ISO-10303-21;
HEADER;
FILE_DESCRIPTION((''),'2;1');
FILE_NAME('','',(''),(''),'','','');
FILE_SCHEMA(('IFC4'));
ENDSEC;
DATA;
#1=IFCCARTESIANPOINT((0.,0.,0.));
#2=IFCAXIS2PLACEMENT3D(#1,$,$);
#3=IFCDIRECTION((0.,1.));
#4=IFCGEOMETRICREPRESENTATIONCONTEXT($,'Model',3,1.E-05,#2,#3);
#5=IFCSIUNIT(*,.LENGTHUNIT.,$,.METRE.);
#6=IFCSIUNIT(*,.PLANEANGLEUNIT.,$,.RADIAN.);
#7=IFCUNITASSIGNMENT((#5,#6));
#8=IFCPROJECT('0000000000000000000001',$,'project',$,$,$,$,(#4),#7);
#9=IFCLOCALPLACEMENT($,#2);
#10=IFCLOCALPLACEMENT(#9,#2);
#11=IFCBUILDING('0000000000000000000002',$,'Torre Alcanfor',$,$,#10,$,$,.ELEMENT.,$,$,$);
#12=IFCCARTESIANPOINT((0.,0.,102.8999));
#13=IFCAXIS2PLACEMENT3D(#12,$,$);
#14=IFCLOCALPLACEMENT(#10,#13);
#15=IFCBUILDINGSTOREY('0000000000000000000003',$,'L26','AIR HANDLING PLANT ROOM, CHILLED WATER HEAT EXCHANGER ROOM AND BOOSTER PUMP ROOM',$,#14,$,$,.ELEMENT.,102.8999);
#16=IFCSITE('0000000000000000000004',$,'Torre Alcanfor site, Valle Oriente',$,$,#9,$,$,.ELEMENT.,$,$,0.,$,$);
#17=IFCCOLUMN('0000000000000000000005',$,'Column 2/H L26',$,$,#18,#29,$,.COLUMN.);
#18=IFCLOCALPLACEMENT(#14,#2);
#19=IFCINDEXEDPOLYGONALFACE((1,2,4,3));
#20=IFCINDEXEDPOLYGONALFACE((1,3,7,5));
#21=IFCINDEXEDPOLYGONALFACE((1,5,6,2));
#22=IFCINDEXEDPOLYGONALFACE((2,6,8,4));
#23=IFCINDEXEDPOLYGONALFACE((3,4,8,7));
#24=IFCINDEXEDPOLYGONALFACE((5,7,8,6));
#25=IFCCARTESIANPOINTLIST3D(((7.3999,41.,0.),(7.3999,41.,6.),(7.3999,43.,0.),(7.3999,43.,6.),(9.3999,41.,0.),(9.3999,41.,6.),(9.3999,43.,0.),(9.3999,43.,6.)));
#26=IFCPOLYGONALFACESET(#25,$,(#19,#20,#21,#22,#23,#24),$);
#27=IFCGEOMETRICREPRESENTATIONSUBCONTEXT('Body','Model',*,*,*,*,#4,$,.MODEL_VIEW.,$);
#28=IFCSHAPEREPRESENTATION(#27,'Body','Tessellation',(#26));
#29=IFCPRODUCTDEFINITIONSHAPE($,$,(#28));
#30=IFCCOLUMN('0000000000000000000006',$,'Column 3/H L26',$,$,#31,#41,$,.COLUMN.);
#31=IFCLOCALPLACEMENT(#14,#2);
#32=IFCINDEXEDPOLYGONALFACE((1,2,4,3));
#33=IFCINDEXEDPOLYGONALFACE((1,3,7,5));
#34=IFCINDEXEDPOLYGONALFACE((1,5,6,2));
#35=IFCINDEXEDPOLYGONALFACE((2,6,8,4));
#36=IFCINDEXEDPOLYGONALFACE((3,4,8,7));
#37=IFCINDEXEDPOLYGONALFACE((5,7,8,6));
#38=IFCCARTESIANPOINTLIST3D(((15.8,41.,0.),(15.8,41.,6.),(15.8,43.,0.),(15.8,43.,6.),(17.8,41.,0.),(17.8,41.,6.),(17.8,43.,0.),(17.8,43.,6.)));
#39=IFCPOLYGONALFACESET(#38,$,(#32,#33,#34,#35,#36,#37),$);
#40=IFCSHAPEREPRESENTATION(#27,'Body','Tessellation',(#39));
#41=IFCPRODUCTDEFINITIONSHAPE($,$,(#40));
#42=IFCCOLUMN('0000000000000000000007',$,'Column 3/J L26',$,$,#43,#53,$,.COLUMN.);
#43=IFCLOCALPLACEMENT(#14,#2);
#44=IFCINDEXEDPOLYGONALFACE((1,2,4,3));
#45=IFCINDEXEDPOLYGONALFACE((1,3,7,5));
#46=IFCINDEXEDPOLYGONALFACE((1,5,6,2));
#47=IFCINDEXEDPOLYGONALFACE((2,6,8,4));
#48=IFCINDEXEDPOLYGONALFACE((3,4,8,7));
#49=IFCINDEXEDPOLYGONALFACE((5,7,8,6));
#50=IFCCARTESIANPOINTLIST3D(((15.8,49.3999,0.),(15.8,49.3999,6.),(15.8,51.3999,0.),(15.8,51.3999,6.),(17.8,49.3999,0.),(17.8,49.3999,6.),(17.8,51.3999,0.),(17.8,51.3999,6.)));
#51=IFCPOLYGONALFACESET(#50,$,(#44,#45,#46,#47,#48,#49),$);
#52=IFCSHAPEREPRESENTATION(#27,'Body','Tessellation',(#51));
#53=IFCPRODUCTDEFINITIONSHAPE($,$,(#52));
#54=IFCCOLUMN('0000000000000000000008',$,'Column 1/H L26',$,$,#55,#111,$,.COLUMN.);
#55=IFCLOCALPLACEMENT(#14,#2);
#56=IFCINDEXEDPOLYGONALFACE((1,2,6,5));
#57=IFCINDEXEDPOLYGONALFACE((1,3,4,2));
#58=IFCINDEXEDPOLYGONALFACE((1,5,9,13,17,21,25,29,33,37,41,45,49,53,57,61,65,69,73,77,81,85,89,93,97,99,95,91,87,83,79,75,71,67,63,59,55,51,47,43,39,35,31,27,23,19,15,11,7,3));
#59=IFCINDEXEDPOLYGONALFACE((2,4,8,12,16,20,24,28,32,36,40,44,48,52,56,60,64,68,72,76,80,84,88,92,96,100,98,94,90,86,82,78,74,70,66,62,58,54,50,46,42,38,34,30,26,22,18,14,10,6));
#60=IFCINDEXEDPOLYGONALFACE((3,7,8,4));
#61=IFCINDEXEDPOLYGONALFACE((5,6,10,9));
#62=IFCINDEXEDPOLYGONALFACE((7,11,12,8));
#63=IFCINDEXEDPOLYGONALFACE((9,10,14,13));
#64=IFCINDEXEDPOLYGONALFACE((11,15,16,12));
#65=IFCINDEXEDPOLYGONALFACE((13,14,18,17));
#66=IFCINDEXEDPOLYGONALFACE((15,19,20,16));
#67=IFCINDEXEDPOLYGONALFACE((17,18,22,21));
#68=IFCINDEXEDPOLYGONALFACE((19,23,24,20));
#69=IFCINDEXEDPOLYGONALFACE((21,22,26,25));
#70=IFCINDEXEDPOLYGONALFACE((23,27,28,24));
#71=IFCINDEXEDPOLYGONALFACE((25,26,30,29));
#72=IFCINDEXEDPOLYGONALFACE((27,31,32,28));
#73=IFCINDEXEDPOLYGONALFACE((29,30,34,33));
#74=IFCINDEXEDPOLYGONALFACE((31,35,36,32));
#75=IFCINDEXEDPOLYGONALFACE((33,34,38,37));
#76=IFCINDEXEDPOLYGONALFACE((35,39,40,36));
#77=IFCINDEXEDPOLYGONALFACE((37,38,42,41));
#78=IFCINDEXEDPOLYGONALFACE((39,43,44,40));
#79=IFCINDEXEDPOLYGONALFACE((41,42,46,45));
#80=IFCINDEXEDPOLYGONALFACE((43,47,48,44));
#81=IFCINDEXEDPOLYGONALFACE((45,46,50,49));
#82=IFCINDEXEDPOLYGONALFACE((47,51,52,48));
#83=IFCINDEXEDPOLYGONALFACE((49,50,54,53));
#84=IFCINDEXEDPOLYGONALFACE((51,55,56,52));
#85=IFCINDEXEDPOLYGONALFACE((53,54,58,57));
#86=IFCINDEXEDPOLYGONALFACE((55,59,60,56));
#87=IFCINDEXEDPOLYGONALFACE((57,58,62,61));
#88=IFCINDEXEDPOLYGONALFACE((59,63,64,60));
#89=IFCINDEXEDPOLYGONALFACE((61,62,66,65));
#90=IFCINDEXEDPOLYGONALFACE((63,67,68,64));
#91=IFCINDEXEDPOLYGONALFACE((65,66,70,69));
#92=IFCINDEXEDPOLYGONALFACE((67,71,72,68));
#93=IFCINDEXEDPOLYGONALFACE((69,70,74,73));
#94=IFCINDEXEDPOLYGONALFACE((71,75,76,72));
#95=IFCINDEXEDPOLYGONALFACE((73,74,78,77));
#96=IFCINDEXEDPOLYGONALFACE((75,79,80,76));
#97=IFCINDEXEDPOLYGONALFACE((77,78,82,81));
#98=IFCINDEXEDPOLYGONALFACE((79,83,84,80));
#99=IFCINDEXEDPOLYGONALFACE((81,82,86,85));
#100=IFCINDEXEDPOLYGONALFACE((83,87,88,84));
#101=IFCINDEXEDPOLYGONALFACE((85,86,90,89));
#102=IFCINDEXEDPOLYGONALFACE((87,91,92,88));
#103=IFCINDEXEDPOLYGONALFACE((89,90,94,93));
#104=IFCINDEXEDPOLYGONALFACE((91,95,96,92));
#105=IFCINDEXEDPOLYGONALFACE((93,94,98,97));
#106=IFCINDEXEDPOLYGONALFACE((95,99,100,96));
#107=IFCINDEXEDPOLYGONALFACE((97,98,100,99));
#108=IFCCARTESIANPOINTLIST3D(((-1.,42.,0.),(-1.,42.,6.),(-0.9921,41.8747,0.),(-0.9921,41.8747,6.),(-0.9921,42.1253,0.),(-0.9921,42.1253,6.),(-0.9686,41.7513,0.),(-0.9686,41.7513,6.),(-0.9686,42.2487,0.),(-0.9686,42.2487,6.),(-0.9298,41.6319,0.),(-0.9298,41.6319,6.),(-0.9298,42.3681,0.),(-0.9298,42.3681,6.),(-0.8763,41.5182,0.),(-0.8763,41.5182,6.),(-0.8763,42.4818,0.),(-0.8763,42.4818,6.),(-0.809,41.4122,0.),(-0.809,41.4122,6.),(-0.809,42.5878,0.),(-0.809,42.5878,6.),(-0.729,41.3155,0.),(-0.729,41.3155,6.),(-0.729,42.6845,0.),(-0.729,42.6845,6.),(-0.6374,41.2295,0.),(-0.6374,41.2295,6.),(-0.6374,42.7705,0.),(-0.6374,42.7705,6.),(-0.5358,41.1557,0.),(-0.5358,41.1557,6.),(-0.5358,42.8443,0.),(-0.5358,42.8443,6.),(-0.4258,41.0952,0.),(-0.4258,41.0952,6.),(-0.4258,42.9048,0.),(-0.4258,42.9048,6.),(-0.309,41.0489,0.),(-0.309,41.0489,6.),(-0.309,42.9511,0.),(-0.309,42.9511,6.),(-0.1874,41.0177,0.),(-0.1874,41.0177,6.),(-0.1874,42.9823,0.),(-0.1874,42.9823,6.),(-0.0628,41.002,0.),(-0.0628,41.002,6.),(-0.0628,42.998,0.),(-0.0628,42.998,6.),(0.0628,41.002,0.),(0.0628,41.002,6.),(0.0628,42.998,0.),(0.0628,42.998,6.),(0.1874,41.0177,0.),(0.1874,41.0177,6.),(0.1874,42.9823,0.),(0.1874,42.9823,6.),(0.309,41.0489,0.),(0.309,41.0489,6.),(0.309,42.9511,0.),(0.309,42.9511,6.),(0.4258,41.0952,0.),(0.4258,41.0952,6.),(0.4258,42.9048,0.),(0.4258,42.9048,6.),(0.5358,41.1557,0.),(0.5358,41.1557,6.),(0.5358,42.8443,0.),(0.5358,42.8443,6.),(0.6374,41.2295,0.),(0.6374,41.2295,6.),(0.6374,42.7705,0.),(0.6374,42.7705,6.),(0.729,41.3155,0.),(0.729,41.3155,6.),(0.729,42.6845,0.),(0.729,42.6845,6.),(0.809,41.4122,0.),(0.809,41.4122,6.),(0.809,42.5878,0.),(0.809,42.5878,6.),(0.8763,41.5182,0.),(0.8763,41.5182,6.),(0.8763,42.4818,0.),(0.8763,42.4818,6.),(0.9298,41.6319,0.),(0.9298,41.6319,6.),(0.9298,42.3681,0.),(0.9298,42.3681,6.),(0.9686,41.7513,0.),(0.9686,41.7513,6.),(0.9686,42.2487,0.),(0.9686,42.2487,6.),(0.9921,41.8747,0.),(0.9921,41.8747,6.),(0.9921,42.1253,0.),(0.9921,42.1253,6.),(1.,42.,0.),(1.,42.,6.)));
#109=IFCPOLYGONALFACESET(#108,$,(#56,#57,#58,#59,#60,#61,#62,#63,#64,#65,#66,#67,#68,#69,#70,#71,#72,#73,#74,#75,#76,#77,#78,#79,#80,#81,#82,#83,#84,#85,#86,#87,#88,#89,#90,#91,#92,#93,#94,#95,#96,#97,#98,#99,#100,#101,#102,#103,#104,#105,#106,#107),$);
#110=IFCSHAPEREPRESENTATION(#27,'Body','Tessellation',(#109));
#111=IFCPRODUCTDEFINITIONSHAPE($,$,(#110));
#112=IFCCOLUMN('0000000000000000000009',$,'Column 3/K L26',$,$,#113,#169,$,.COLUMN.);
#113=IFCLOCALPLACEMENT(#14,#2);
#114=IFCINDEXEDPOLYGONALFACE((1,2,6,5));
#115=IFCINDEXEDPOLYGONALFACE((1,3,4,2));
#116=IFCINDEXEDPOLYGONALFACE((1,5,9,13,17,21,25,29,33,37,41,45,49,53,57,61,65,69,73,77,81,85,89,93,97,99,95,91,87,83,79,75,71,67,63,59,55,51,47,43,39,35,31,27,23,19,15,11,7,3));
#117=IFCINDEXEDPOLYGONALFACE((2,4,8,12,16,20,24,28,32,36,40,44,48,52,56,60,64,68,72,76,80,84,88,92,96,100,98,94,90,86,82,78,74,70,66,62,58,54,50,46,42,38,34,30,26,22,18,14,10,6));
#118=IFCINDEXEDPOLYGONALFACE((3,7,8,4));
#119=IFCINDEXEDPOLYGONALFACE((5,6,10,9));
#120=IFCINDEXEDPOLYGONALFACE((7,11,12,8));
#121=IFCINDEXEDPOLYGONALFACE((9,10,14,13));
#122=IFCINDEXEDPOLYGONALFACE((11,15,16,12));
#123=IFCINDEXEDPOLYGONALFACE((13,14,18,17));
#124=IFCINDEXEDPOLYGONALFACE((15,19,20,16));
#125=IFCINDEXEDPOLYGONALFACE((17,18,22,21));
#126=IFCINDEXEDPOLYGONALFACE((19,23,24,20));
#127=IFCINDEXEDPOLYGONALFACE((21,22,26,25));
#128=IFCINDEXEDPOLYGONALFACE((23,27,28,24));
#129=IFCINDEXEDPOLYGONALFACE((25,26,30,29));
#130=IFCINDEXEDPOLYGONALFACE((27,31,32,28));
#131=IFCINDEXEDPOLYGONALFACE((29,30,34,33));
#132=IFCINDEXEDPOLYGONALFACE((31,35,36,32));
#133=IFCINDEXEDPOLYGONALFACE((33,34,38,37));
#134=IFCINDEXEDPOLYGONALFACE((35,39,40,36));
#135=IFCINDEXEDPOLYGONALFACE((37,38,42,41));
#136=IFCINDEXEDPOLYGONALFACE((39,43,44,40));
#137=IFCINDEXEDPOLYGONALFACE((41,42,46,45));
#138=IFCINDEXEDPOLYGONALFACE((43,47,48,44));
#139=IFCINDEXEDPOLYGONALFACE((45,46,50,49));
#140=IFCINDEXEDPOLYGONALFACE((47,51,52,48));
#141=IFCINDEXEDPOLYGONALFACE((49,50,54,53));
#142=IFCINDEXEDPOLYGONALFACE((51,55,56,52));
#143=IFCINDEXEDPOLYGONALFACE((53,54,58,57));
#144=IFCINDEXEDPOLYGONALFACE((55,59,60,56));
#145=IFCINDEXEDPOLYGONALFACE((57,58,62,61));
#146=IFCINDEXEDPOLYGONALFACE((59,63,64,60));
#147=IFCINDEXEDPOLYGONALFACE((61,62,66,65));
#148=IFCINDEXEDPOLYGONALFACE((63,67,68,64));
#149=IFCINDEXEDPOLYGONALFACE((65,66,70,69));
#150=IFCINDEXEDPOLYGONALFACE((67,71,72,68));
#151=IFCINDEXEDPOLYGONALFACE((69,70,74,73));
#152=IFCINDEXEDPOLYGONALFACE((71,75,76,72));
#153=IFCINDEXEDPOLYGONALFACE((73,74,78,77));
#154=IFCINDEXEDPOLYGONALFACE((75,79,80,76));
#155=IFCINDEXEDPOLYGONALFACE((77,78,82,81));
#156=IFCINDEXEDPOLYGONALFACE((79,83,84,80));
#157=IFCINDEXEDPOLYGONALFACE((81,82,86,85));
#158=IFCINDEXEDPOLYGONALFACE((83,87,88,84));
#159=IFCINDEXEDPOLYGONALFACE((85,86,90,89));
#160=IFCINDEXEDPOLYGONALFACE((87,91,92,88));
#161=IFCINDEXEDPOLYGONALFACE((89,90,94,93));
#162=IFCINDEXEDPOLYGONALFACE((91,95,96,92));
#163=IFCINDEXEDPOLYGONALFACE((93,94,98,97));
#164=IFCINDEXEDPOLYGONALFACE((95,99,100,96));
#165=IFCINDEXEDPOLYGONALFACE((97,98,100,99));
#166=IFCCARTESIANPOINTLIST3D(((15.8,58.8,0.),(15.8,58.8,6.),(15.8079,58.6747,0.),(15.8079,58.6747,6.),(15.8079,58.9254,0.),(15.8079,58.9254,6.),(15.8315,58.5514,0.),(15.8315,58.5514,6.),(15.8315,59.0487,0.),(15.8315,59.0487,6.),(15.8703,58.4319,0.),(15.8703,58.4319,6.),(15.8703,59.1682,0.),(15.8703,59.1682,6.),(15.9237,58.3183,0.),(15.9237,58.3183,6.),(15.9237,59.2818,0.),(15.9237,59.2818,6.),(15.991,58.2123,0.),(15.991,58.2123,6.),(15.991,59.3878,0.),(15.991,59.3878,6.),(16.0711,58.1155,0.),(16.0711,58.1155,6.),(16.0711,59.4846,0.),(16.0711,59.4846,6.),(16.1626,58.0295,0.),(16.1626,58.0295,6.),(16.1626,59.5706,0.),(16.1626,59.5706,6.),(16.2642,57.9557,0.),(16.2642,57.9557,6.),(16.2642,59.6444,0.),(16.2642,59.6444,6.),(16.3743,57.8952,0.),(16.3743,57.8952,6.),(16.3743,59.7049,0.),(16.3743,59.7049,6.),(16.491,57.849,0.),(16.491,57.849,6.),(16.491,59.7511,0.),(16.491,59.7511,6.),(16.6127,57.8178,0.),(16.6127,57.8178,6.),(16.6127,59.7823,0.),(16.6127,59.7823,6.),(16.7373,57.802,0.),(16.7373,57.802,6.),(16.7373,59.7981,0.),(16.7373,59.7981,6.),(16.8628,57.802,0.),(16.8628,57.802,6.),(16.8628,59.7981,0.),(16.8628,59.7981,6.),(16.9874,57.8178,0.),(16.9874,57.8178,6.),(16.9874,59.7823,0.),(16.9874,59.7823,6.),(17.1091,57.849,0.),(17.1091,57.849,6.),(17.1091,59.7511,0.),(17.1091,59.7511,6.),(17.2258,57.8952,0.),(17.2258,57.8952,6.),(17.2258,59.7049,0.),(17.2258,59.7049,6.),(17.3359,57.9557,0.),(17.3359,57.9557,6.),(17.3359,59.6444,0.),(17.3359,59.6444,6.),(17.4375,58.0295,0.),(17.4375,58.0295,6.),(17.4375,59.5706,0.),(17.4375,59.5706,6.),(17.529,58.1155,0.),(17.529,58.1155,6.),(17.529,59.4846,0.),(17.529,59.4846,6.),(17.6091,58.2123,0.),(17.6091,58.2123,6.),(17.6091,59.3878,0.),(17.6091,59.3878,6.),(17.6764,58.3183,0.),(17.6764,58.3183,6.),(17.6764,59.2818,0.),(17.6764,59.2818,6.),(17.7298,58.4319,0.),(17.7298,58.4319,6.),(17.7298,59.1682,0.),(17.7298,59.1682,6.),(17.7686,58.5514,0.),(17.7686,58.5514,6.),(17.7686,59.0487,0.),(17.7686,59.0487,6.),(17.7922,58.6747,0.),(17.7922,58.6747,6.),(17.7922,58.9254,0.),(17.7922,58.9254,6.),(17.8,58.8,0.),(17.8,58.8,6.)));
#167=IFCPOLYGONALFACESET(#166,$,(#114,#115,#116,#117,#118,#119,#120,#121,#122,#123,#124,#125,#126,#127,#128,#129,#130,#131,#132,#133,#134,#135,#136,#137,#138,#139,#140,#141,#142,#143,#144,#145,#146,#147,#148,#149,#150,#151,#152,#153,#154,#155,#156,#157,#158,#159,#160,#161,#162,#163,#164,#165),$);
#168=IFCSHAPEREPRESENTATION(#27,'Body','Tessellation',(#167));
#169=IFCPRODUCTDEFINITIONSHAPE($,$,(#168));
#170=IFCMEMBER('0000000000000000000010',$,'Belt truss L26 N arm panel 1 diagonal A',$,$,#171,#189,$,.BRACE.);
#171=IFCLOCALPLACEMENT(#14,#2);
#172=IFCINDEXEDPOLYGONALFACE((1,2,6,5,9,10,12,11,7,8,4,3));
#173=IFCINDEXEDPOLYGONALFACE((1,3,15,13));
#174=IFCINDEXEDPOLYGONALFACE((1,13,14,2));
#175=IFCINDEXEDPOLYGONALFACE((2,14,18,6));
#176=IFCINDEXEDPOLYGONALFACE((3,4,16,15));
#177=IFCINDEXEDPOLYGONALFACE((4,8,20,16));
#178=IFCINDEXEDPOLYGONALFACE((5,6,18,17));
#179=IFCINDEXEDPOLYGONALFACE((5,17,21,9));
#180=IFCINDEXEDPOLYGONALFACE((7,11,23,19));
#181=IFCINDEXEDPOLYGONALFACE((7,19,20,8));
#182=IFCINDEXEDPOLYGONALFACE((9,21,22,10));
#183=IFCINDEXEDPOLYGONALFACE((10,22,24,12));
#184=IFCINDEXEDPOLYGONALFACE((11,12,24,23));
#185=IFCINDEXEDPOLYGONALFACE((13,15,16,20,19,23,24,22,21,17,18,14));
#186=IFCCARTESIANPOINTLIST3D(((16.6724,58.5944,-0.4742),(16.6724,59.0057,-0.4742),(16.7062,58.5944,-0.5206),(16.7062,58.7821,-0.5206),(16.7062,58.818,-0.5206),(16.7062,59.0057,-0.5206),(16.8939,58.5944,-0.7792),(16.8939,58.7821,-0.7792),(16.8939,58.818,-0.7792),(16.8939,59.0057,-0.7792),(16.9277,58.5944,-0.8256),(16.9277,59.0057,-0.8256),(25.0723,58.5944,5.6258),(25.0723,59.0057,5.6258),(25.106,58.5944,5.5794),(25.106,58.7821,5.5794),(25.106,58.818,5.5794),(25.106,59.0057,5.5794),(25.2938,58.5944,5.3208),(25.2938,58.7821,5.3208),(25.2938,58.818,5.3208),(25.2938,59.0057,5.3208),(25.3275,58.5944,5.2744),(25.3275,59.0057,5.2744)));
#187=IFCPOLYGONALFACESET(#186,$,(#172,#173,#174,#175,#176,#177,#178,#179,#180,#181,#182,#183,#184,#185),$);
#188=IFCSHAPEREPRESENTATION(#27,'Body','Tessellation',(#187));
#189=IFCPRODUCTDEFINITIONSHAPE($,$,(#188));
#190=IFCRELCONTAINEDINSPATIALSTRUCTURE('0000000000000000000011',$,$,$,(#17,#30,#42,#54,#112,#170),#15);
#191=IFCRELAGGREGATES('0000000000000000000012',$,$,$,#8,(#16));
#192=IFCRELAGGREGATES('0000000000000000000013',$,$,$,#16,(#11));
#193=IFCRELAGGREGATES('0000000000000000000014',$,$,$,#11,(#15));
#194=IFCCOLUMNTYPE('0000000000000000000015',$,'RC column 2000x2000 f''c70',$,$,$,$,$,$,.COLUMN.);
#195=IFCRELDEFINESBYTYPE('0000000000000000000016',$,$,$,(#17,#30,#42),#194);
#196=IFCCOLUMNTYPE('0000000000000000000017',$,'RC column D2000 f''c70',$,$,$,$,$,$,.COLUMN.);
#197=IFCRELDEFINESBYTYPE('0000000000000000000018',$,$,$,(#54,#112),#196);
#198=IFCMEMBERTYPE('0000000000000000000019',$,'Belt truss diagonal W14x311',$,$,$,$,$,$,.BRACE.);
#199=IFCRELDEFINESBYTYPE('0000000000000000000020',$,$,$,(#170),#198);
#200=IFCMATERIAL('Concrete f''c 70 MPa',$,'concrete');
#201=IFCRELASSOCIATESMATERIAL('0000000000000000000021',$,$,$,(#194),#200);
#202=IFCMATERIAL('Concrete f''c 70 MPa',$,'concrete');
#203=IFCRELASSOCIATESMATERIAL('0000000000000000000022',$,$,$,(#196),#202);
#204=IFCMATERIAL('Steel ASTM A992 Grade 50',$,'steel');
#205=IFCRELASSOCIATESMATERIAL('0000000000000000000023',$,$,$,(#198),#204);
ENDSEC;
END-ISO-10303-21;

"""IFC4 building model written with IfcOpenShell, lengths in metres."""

from ifc_helpers import new_model, si_unit, direction, frame, origin, origin_2d, place, context, subcontext, project, spatial, rectangle, circle, i_section, extrude, material, material_profile, profile_set, type_object, element, save


model = new_model("IFC4")

# Units and contexts
model_context = context("Model", 3, precision=1e-05, world=origin(), true_north=direction((0.0, 1.0)))
body_context = subcontext(model_context, "Body", "Model", "MODEL_VIEW")
ifc_project = project(units=[si_unit("LENGTHUNIT", "METRE"), si_unit("PLANEANGLEUNIT", "RADIAN")], contexts=[model_context])

# Site, building, storey
site_placement = place(None, origin())
site = spatial("IfcSite", under=ifc_project, at=site_placement, Name="Torre Alcanfor site, Valle Oriente", CompositionType="ELEMENT", RefElevation=0.0)
building_placement = place(site_placement, origin())
building = spatial("IfcBuilding", under=site, at=building_placement, Name="Torre Alcanfor", CompositionType="ELEMENT")
storey_placement = place(building_placement, frame((0.0, 0.0, 102.8999)))
storey = spatial("IfcBuildingStorey", under=building, at=storey_placement, Name="L26", Description="AIR HANDLING PLANT ROOM, CHILLED WATER HEAT EXCHANGER ROOM AND BOOSTER PUMP ROOM", CompositionType="ELEMENT", Elevation=102.8999)

# Columns
ifc_material_1 = material(Name="Concrete f'c 70 MPa", Category="concrete")
ifc_material_profile_1 = material_profile(ifc_material_1, rectangle(XDim=2.0, YDim=2.0, at=origin_2d()), Name="2000x2000")
ifc_profile_set_1 = profile_set([ifc_material_profile_1], Name="Concrete f'c 70 MPa")
column_type_1 = type_object("IfcColumnType", Name="RC column 2000x2000 f'c70", PredefinedType="COLUMN", material=ifc_profile_set_1)
for number, where, z_axis, x_axis, name in (
    (1, (8.3999, 42.0, 0.0), (0.0, 0.0, 1.0), (1.0, 0.0, 0.0), "Column 2/H L26"),
    (2, (16.8, 42.0, 0.0), (0.0, 0.0, 1.0), (1.0, 0.0, 0.0), "Column 3/H L26"),
    (3, (16.8, 50.3999, 0.0), (0.0, 0.0, 1.0), (1.0, 0.0, 0.0), "Column 3/J L26"),
):
    element("IfcColumn", number, at=place(storey_placement, frame(where, z_axis=z_axis, x_axis=x_axis)), inside=storey, type_object=column_type_1, Name=name, PredefinedType="COLUMN", context=body_context, shape_type="SweptSolid", body=[
        extrude(rectangle(XDim=2.0, YDim=2.0, at=origin_2d()), origin(), (0.0, 0.0, 1.0), 6.0),
    ])
ifc_material_2 = material(Name="Concrete f'c 70 MPa", Category="concrete")
ifc_material_profile_2 = material_profile(ifc_material_2, circle(Radius=1.0, at=origin_2d()), Name="D2000")
ifc_profile_set_2 = profile_set([ifc_material_profile_2], Name="Concrete f'c 70 MPa")
column_type_2 = type_object("IfcColumnType", Name="RC column D2000 f'c70", PredefinedType="COLUMN", material=ifc_profile_set_2)
for number, where, z_axis, x_axis, name in (
    (4, (0.0, 42.0, 0.0), (0.0, 0.0, 1.0), (1.0, 0.0, 0.0), "Column 1/H L26"),
    (5, (16.8, 58.8, 0.0), (0.0, 0.0, 1.0), (1.0, 0.0, 0.0), "Column 3/K L26"),
):
    element("IfcColumn", number, at=place(storey_placement, frame(where, z_axis=z_axis, x_axis=x_axis)), inside=storey, type_object=column_type_2, Name=name, PredefinedType="COLUMN", context=body_context, shape_type="SweptSolid", body=[
        extrude(circle(Radius=1.0, at=origin_2d()), origin(), (0.0, 0.0, 1.0), 6.0),
    ])

# Member
ifc_material_3 = material(Name="Steel ASTM A992 Grade 50", Category="steel")
ifc_material_profile_3 = material_profile(ifc_material_3, i_section(OverallWidth=0.4114, OverallDepth=0.4343, WebThickness=0.0359, FlangeThickness=0.0574, at=origin_2d()), Name="W14x311")
ifc_profile_set_3 = profile_set([ifc_material_profile_3], Name="Steel ASTM A992 Grade 50")
member_type_1 = type_object("IfcMemberType", Name="Belt truss diagonal W14x311", PredefinedType="BRACE", material=ifc_profile_set_3)
for number, where, z_axis, x_axis, name in (
    (6, (16.8, 58.8, -0.6499), (0.809145, 0.0, 0.587609), (0.0, 1.0, 0.0), "Belt truss L26 N arm panel 1 diagonal A"),
):
    element("IfcMember", number, at=place(storey_placement, frame(where, z_axis=z_axis, x_axis=x_axis)), inside=storey, type_object=member_type_1, Name=name, PredefinedType="BRACE", context=body_context, shape_type="SweptSolid", body=[
        extrude(i_section(OverallWidth=0.4114, OverallDepth=0.4343, WebThickness=0.0359, FlangeThickness=0.0574, at=origin_2d()), origin(), (0.0, 0.0, 1.0), 10.3811),
    ])

save(model, "model.ifc")
